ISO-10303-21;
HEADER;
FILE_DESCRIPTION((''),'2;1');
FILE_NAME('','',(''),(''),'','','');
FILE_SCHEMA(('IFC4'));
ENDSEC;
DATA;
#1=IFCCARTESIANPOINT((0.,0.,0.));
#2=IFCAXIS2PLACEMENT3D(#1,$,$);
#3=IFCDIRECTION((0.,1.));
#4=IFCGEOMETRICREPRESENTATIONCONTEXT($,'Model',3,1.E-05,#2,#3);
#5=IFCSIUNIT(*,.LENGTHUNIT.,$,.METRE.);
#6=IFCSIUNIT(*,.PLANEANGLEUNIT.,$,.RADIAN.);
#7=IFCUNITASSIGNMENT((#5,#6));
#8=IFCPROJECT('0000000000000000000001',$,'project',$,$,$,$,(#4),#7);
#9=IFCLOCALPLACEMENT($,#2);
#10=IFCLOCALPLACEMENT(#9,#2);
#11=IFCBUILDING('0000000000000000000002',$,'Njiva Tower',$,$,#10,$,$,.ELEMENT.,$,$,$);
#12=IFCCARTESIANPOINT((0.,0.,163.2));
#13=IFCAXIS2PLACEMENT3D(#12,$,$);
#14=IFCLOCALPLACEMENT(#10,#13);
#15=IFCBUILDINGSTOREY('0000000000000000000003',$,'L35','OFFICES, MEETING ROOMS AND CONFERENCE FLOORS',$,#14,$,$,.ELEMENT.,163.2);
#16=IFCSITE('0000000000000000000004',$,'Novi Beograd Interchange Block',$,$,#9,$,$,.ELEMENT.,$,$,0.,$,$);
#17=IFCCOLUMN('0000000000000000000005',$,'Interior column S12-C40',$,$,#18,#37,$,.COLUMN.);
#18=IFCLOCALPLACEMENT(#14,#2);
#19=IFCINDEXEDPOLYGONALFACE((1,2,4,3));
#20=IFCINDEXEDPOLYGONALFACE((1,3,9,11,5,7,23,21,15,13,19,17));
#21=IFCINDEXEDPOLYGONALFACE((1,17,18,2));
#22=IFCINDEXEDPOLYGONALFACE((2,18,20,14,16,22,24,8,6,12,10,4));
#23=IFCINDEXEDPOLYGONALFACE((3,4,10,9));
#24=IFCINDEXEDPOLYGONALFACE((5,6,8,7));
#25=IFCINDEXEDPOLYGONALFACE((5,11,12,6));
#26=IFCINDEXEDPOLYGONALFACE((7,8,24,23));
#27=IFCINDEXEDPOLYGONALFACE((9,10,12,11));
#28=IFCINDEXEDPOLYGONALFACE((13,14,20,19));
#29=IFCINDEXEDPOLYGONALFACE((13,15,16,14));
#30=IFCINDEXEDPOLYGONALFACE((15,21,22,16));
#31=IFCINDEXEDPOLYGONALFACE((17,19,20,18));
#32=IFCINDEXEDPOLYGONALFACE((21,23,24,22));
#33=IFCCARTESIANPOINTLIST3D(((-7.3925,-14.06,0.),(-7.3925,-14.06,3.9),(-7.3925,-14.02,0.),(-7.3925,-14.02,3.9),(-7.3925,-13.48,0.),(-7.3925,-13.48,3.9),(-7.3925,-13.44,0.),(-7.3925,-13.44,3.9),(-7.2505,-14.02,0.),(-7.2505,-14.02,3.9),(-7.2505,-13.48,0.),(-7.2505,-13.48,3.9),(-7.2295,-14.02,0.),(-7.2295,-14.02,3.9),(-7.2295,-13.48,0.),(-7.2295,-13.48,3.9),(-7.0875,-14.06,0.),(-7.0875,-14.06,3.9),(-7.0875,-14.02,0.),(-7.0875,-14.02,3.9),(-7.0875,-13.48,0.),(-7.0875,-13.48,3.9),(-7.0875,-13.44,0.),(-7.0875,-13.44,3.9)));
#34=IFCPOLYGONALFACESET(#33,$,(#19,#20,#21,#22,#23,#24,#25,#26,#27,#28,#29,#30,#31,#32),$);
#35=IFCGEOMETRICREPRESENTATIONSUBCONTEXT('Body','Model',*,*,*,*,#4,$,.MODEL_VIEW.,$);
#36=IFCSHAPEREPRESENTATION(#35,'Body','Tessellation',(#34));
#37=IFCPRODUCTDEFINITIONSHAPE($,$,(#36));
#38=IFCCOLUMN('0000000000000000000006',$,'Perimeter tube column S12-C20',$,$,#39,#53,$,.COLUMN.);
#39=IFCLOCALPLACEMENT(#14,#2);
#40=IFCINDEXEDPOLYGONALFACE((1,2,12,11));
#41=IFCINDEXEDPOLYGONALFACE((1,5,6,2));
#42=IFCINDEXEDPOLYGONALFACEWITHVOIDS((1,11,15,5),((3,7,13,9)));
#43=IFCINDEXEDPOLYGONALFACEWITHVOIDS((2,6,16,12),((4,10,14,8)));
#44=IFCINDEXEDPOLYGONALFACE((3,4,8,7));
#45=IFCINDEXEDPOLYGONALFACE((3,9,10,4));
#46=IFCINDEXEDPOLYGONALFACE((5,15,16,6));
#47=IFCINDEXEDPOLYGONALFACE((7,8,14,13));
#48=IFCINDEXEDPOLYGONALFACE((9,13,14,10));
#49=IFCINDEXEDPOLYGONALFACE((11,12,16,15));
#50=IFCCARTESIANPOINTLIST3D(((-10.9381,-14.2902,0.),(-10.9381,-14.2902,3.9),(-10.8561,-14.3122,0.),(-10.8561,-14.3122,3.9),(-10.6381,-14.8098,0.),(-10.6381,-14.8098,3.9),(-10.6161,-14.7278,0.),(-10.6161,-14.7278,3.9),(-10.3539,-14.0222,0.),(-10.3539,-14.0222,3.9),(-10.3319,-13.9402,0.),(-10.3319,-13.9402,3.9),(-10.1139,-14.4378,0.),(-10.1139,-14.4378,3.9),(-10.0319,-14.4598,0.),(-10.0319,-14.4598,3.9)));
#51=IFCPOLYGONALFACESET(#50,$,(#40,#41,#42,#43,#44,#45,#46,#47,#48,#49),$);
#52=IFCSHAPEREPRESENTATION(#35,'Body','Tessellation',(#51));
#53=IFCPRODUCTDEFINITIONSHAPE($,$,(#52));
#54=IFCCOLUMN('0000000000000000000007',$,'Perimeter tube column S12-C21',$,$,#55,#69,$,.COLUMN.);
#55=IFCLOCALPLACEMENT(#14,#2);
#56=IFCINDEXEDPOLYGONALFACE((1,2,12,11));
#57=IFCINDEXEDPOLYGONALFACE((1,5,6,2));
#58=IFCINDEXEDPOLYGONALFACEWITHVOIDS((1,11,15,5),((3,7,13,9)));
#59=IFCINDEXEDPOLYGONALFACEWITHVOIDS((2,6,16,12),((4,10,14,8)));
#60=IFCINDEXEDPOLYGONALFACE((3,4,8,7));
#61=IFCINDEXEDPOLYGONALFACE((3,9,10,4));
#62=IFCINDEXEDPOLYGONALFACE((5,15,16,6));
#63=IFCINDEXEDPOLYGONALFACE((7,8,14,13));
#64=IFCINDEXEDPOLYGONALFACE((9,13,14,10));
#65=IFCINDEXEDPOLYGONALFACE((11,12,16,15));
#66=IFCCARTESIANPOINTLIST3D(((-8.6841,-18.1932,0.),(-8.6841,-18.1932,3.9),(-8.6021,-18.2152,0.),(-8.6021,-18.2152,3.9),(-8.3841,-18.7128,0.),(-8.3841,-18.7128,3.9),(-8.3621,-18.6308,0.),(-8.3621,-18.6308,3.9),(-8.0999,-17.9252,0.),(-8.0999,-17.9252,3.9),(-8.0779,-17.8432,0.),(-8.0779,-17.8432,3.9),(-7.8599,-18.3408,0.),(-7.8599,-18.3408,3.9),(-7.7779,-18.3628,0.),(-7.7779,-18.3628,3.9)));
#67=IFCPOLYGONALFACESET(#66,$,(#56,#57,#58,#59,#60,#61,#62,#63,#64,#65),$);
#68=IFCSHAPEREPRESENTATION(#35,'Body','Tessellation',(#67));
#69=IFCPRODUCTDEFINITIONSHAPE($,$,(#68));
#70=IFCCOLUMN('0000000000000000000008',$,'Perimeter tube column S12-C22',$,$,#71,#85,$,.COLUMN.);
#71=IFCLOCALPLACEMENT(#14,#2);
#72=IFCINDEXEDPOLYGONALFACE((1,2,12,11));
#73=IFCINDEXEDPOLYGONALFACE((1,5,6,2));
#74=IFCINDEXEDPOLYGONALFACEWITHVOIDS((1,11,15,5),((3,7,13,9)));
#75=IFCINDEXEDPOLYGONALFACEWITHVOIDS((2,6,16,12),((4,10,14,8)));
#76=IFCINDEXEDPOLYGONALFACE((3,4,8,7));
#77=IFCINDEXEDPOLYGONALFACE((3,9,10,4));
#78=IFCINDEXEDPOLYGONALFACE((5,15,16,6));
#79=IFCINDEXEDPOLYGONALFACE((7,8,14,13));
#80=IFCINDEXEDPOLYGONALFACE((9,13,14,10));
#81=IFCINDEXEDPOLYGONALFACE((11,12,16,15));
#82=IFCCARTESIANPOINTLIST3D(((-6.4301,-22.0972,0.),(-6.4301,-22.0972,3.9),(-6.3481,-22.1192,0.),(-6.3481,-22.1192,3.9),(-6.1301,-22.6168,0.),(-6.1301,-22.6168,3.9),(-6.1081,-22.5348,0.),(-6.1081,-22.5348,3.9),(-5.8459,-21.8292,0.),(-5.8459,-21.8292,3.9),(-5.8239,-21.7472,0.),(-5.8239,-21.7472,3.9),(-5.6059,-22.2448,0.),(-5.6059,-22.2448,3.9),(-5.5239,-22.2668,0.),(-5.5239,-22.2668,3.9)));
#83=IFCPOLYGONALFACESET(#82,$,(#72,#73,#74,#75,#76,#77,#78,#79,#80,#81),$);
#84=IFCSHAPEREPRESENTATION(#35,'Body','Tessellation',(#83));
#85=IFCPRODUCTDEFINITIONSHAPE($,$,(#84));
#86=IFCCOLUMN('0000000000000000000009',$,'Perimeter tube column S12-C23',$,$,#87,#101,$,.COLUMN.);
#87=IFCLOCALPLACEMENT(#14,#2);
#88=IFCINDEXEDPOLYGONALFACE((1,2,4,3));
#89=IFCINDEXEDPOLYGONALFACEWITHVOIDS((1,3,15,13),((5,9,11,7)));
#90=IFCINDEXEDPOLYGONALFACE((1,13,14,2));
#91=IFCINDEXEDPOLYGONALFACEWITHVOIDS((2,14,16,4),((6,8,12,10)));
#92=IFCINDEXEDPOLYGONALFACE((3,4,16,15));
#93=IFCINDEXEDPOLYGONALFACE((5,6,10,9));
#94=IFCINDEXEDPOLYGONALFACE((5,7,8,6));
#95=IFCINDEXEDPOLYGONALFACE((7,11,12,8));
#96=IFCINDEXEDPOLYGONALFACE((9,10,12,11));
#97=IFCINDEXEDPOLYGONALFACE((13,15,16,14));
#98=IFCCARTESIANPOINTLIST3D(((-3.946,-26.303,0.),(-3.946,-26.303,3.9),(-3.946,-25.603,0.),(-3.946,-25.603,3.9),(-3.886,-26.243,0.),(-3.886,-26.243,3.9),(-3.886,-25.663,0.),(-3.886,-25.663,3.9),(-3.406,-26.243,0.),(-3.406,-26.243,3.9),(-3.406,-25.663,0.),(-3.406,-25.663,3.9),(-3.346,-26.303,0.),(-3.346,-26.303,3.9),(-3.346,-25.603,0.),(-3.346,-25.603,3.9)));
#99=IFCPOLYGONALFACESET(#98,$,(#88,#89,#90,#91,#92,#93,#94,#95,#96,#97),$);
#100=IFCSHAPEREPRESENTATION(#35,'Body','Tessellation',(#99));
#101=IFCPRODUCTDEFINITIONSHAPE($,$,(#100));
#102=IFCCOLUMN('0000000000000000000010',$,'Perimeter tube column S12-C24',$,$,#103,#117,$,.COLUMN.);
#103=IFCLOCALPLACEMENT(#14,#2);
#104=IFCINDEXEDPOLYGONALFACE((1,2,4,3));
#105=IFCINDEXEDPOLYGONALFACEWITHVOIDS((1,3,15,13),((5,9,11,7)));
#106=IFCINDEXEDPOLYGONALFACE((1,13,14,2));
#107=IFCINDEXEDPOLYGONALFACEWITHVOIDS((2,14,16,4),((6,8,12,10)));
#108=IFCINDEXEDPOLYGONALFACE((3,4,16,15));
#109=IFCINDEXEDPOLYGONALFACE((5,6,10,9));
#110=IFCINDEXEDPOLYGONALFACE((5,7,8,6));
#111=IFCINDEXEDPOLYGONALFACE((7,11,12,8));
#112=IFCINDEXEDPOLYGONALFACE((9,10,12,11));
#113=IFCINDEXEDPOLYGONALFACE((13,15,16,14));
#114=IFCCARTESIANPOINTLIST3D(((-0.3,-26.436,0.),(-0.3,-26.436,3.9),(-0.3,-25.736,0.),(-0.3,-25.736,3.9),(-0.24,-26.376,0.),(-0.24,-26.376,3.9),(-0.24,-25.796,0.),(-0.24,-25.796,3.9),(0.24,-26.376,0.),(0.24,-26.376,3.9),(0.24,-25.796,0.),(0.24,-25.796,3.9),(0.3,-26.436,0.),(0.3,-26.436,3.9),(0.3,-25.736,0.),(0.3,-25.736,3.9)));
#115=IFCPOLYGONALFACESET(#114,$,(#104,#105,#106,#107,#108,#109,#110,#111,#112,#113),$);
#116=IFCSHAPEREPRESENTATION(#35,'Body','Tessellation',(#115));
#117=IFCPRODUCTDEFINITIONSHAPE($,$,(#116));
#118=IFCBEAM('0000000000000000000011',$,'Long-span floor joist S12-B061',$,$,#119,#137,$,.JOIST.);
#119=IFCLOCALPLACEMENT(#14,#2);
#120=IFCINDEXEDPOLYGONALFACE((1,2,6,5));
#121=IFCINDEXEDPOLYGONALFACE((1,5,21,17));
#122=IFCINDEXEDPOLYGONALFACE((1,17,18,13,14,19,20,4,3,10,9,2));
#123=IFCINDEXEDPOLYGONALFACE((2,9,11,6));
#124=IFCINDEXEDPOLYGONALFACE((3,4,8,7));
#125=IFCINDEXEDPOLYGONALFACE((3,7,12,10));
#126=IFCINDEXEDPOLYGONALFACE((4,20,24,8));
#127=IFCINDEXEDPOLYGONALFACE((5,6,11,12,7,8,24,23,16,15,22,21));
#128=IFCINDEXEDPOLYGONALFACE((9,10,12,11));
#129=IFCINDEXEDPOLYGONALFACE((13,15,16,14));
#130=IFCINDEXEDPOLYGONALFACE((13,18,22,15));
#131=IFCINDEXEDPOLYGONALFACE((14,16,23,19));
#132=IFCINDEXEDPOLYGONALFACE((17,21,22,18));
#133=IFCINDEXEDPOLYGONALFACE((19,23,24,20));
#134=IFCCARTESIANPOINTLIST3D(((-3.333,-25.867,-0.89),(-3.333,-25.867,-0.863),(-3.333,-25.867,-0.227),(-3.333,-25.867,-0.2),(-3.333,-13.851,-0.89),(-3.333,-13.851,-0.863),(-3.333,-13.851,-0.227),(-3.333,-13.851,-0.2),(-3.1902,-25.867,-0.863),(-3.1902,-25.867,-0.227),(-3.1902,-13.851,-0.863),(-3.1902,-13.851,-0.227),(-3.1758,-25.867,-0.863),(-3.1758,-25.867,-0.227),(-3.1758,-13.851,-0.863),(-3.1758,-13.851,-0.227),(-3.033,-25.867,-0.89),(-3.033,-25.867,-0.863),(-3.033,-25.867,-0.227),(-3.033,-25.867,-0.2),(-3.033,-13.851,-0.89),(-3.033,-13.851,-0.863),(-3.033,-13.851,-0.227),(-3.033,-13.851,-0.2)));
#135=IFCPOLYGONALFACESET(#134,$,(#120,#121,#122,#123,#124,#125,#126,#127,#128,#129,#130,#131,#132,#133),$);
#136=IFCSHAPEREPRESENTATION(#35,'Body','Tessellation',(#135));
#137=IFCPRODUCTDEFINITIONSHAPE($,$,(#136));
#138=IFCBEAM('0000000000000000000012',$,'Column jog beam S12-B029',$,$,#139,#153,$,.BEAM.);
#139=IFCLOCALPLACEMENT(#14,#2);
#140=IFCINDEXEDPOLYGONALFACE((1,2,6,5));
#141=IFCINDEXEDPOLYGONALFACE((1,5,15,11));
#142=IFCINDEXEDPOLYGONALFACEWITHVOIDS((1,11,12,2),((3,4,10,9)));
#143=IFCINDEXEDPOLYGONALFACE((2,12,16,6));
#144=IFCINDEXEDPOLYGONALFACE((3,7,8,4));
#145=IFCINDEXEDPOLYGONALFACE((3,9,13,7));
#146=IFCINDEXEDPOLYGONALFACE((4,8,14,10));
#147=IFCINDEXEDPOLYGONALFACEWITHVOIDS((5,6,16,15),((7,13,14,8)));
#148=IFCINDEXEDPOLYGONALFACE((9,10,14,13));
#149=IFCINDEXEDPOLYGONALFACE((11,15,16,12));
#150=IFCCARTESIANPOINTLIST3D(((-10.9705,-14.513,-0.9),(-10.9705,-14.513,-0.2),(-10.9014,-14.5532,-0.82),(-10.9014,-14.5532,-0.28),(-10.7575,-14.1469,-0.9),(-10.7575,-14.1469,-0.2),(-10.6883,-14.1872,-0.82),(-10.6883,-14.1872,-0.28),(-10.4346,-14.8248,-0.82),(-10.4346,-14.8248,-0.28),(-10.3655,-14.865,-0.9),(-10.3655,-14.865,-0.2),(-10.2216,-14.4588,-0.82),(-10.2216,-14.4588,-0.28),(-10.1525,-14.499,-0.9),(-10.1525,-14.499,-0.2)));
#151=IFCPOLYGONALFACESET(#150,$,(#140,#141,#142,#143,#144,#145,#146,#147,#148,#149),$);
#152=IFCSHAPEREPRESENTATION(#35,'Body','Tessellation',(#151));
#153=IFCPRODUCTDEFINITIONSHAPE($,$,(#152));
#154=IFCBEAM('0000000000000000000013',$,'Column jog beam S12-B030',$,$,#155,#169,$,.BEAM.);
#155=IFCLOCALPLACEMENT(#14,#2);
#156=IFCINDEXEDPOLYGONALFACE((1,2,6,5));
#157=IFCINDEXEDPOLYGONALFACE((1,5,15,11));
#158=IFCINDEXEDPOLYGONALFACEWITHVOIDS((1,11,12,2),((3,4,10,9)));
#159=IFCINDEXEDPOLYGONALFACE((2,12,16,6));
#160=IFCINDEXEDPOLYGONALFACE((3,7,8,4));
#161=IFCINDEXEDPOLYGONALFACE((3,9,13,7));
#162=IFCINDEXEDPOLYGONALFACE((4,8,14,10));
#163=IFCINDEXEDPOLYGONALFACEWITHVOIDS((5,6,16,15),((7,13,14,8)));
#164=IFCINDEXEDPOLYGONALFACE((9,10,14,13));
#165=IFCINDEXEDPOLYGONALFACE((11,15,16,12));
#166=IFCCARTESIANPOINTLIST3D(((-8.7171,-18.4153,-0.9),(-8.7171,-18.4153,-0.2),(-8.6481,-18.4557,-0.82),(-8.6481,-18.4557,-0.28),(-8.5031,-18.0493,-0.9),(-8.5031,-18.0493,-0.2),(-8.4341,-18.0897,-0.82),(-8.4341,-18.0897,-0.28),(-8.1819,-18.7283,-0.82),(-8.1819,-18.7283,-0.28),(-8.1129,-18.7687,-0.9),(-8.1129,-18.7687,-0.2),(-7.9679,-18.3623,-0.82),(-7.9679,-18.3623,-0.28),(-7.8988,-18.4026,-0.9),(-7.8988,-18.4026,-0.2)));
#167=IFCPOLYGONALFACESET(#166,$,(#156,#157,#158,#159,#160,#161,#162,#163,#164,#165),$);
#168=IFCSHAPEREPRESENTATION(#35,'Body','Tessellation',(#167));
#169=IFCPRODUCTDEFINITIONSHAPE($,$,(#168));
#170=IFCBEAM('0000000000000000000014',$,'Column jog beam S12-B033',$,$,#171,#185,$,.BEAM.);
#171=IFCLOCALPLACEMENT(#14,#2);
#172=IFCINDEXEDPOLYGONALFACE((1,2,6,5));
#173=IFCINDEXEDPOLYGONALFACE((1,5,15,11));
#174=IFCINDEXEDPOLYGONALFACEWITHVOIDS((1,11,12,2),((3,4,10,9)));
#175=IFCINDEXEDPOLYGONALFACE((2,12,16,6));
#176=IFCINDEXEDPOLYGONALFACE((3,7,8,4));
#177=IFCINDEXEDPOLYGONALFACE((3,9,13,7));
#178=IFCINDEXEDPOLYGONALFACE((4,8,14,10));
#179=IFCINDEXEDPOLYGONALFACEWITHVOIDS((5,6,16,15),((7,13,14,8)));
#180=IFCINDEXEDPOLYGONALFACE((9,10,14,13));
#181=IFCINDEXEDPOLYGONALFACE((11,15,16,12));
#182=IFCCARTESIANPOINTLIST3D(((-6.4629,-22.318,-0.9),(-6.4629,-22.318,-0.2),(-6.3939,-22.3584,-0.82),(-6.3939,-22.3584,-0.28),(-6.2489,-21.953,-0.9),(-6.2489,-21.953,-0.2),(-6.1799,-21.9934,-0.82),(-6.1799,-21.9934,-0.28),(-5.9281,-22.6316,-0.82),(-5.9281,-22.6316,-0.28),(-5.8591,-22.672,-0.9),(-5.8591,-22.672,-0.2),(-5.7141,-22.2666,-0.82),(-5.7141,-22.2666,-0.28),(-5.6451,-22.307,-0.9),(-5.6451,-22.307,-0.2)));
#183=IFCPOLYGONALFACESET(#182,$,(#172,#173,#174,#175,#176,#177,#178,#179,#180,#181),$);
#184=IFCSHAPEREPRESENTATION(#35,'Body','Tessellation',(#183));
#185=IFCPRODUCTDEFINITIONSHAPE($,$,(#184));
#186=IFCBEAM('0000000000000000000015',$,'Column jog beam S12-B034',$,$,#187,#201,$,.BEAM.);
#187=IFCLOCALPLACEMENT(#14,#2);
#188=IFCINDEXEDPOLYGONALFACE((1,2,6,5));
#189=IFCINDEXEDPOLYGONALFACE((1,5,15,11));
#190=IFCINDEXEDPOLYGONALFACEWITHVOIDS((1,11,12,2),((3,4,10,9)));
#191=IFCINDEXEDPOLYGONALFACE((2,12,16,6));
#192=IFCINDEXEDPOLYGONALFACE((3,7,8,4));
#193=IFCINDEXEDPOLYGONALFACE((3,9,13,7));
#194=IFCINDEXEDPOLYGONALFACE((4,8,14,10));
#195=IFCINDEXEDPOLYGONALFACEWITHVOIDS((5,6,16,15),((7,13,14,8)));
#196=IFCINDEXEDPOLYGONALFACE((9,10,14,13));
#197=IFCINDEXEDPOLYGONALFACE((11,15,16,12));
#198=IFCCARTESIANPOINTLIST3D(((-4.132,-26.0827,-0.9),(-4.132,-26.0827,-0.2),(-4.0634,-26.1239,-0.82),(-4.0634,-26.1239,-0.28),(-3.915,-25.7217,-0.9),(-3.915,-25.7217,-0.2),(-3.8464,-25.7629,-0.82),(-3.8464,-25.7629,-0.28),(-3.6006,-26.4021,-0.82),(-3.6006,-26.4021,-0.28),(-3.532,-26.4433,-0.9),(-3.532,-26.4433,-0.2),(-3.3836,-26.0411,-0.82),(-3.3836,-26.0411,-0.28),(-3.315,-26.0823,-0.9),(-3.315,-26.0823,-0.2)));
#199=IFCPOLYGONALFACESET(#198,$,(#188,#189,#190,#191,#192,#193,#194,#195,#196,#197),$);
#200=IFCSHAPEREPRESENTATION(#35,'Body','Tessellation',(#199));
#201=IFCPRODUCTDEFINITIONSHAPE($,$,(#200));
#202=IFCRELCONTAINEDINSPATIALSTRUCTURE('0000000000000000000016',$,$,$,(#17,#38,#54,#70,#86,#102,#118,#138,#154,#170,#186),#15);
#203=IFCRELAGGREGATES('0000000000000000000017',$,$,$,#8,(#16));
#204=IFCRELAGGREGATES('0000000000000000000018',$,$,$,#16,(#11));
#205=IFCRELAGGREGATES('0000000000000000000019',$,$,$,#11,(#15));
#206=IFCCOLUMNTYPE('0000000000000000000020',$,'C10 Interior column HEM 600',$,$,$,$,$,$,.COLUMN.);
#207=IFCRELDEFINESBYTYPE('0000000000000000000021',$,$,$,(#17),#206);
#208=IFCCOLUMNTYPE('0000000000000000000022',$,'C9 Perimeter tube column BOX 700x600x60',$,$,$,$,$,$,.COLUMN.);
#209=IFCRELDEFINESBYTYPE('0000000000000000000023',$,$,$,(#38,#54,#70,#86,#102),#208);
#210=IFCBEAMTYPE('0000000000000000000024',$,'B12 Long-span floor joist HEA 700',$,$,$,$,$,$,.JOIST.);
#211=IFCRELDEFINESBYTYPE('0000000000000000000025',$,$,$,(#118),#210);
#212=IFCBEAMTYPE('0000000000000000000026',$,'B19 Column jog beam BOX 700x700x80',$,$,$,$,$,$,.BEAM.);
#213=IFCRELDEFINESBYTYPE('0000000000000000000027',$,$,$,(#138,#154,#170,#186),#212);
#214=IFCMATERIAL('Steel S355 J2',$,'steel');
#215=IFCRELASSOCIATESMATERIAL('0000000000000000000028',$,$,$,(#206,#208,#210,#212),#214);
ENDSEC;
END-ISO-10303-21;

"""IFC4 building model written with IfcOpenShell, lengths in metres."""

from ifc_helpers import new_model, si_unit, direction, frame, origin, origin_2d, place, context, subcontext, project, spatial, hollow_rectangle, i_section, extrude, material, material_profile, profile_set, type_object, element, save


model = new_model("IFC4")

# Units and contexts
model_context = context("Model", 3, precision=1e-05, world=origin(), true_north=direction((0.0, 1.0)))
body_context = subcontext(model_context, "Body", "Model", "MODEL_VIEW")
ifc_project = project(units=[si_unit("LENGTHUNIT", "METRE"), si_unit("PLANEANGLEUNIT", "RADIAN")], contexts=[model_context])

# Site, building, storey
site_placement = place(None, origin())
site = spatial("IfcSite", under=ifc_project, at=site_placement, Name="Novi Beograd Interchange Block", CompositionType="ELEMENT", RefElevation=0.0)
building_placement = place(site_placement, origin())
building = spatial("IfcBuilding", under=site, at=building_placement, Name="Njiva Tower", CompositionType="ELEMENT")
storey_placement = place(building_placement, frame((0.0, 0.0, 163.2)))
storey = spatial("IfcBuildingStorey", under=building, at=storey_placement, Name="L35", Description="OFFICES, MEETING ROOMS AND CONFERENCE FLOORS", CompositionType="ELEMENT", Elevation=163.2)

# Columns
ifc_material_1 = material(Name="Steel S355 J2", Category="steel")
ifc_material_profile_1 = material_profile(ifc_material_1, i_section(OverallWidth=0.305, OverallDepth=0.62, WebThickness=0.021, FlangeThickness=0.04, at=origin_2d()), Name="HEM 600")
ifc_profile_set_1 = profile_set([ifc_material_profile_1], Name="Steel S355 J2")
column_type_1 = type_object("IfcColumnType", Name="C10 Interior column HEM 600", PredefinedType="COLUMN", material=ifc_profile_set_1)
column_placement = place(storey_placement, frame((-7.24, -13.75, 0.0), z_axis=(0.0, 0.0, 1.0), x_axis=(1.0, 0.0, 0.0)))
element("IfcColumn", 1, at=column_placement, inside=storey, type_object=column_type_1, Name="Interior column S12-C40", PredefinedType="COLUMN", context=body_context, shape_type="SweptSolid", body=[
    extrude(i_section(OverallWidth=0.305, OverallDepth=0.62, WebThickness=0.021, FlangeThickness=0.04, at=origin_2d()), origin(), (0.0, 0.0, 1.0), 3.9),
])
ifc_material_profile_2 = material_profile(ifc_material_1, hollow_rectangle(XDim=0.6, YDim=0.7, WallThickness=0.06, at=origin_2d()), Name="BOX 700x600x60")
ifc_profile_set_2 = profile_set([ifc_material_profile_2], Name="Steel S355 J2")
column_type_2 = type_object("IfcColumnType", Name="C9 Perimeter tube column BOX 700x600x60", PredefinedType="COLUMN", material=ifc_profile_set_2)
for number, where, z_axis, x_axis, name in (
    (2, (-10.485, -14.375, 0.0), (0.0, 0.0, 1.0), (0.5, -0.866025, 0.0), "Perimeter tube column S12-C20"),
    (3, (-8.231, -18.278, 0.0), (0.0, 0.0, 1.0), (0.5, -0.866025, 0.0), "Perimeter tube column S12-C21"),
    (4, (-5.977, -22.182, 0.0), (0.0, 0.0, 1.0), (0.5, -0.866025, 0.0), "Perimeter tube column S12-C22"),
    (5, (-3.646, -25.953, 0.0), (0.0, 0.0, 1.0), (1.0, 0.0, 0.0), "Perimeter tube column S12-C23"),
    (6, (0.0, -26.086, 0.0), (0.0, 0.0, 1.0), (1.0, 0.0, 0.0), "Perimeter tube column S12-C24"),
):
    element("IfcColumn", number, at=place(storey_placement, frame(where, z_axis=z_axis, x_axis=x_axis)), inside=storey, type_object=column_type_2, Name=name, PredefinedType="COLUMN", context=body_context, shape_type="SweptSolid", body=[
        extrude(hollow_rectangle(XDim=0.6, YDim=0.7, WallThickness=0.06, at=origin_2d()), origin(), (0.0, 0.0, 1.0), 3.9),
    ])

# Beams
ifc_material_profile_3 = material_profile(ifc_material_1, i_section(OverallWidth=0.3, OverallDepth=0.69, WebThickness=0.0145, FlangeThickness=0.027, at=origin_2d()), Name="HEA 700")
ifc_profile_set_3 = profile_set([ifc_material_profile_3], Name="Steel S355 J2")
beam_type_1 = type_object("IfcBeamType", Name="B12 Long-span floor joist HEA 700", PredefinedType="JOIST", material=ifc_profile_set_3)
beam_1_placement = place(storey_placement, frame((-3.183, -13.851, -0.545), z_axis=(0.0, -1.0, 0.0), x_axis=(1.0, 0.0, 0.0)))
element("IfcBeam", 7, at=beam_1_placement, inside=storey, type_object=beam_type_1, Name="Long-span floor joist S12-B061", PredefinedType="JOIST", context=body_context, shape_type="SweptSolid", body=[
    extrude(i_section(OverallWidth=0.3, OverallDepth=0.69, WebThickness=0.0145, FlangeThickness=0.027, at=origin_2d()), origin(), (0.0, 0.0, 1.0), 12.016),
])
ifc_material_profile_4 = material_profile(ifc_material_1, hollow_rectangle(XDim=0.7, YDim=0.7, WallThickness=0.08, at=origin_2d()), Name="BOX 700x700x80")
ifc_profile_set_4 = profile_set([ifc_material_profile_4], Name="Steel S355 J2")
beam_type_2 = type_object("IfcBeamType", Name="B19 Column jog beam BOX 700x700x80", PredefinedType="BEAM", material=ifc_profile_set_4)
beam_2_placement = place(storey_placement, frame((-10.668, -14.689, -0.55), z_axis=(0.50299, 0.864292, 0.0), x_axis=(-0.864292, 0.50299, 0.0)))
element("IfcBeam", 8, at=beam_2_placement, inside=storey, type_object=beam_type_2, Name="Column jog beam S12-B029", PredefinedType="BEAM", context=body_context, shape_type="SweptSolid", body=[
    extrude(hollow_rectangle(XDim=0.7, YDim=0.7, WallThickness=0.08, at=origin_2d()), origin(), (0.0, 0.0, 1.0), 0.4235),
])
beam_3_placement = place(storey_placement, frame((-8.415, -18.592, -0.55), z_axis=(0.504751, 0.863265, 0.0), x_axis=(-0.863265, 0.504751, 0.0)))
element("IfcBeam", 9, at=beam_3_placement, inside=storey, type_object=beam_type_2, Name="Column jog beam S12-B030", PredefinedType="BEAM", context=body_context, shape_type="SweptSolid", body=[
    extrude(hollow_rectangle(XDim=0.7, YDim=0.7, WallThickness=0.08, at=origin_2d()), origin(), (0.0, 0.0, 1.0), 0.424),
])
beam_4_placement = place(storey_placement, frame((-6.161, -22.495, -0.55), z_axis=(0.50578, 0.862662, 0.0), x_axis=(-0.862662, 0.50578, 0.0)))
element("IfcBeam", 10, at=beam_4_placement, inside=storey, type_object=beam_type_2, Name="Column jog beam S12-B033", PredefinedType="BEAM", context=body_context, shape_type="SweptSolid", body=[
    extrude(hollow_rectangle(XDim=0.7, YDim=0.7, WallThickness=0.08, at=origin_2d()), origin(), (0.0, 0.0, 1.0), 0.4231),
])
beam_5_placement = place(storey_placement, frame((-3.832, -26.263, -0.55), z_axis=(0.515194, 0.857074, 0.0), x_axis=(-0.857074, 0.515194, 0.0)))
element("IfcBeam", 11, at=beam_5_placement, inside=storey, type_object=beam_type_2, Name="Column jog beam S12-B034", PredefinedType="BEAM", context=body_context, shape_type="SweptSolid", body=[
    extrude(hollow_rectangle(XDim=0.7, YDim=0.7, WallThickness=0.08, at=origin_2d()), origin(), (0.0, 0.0, 1.0), 0.4212),
])

save(model, "model.ifc")
